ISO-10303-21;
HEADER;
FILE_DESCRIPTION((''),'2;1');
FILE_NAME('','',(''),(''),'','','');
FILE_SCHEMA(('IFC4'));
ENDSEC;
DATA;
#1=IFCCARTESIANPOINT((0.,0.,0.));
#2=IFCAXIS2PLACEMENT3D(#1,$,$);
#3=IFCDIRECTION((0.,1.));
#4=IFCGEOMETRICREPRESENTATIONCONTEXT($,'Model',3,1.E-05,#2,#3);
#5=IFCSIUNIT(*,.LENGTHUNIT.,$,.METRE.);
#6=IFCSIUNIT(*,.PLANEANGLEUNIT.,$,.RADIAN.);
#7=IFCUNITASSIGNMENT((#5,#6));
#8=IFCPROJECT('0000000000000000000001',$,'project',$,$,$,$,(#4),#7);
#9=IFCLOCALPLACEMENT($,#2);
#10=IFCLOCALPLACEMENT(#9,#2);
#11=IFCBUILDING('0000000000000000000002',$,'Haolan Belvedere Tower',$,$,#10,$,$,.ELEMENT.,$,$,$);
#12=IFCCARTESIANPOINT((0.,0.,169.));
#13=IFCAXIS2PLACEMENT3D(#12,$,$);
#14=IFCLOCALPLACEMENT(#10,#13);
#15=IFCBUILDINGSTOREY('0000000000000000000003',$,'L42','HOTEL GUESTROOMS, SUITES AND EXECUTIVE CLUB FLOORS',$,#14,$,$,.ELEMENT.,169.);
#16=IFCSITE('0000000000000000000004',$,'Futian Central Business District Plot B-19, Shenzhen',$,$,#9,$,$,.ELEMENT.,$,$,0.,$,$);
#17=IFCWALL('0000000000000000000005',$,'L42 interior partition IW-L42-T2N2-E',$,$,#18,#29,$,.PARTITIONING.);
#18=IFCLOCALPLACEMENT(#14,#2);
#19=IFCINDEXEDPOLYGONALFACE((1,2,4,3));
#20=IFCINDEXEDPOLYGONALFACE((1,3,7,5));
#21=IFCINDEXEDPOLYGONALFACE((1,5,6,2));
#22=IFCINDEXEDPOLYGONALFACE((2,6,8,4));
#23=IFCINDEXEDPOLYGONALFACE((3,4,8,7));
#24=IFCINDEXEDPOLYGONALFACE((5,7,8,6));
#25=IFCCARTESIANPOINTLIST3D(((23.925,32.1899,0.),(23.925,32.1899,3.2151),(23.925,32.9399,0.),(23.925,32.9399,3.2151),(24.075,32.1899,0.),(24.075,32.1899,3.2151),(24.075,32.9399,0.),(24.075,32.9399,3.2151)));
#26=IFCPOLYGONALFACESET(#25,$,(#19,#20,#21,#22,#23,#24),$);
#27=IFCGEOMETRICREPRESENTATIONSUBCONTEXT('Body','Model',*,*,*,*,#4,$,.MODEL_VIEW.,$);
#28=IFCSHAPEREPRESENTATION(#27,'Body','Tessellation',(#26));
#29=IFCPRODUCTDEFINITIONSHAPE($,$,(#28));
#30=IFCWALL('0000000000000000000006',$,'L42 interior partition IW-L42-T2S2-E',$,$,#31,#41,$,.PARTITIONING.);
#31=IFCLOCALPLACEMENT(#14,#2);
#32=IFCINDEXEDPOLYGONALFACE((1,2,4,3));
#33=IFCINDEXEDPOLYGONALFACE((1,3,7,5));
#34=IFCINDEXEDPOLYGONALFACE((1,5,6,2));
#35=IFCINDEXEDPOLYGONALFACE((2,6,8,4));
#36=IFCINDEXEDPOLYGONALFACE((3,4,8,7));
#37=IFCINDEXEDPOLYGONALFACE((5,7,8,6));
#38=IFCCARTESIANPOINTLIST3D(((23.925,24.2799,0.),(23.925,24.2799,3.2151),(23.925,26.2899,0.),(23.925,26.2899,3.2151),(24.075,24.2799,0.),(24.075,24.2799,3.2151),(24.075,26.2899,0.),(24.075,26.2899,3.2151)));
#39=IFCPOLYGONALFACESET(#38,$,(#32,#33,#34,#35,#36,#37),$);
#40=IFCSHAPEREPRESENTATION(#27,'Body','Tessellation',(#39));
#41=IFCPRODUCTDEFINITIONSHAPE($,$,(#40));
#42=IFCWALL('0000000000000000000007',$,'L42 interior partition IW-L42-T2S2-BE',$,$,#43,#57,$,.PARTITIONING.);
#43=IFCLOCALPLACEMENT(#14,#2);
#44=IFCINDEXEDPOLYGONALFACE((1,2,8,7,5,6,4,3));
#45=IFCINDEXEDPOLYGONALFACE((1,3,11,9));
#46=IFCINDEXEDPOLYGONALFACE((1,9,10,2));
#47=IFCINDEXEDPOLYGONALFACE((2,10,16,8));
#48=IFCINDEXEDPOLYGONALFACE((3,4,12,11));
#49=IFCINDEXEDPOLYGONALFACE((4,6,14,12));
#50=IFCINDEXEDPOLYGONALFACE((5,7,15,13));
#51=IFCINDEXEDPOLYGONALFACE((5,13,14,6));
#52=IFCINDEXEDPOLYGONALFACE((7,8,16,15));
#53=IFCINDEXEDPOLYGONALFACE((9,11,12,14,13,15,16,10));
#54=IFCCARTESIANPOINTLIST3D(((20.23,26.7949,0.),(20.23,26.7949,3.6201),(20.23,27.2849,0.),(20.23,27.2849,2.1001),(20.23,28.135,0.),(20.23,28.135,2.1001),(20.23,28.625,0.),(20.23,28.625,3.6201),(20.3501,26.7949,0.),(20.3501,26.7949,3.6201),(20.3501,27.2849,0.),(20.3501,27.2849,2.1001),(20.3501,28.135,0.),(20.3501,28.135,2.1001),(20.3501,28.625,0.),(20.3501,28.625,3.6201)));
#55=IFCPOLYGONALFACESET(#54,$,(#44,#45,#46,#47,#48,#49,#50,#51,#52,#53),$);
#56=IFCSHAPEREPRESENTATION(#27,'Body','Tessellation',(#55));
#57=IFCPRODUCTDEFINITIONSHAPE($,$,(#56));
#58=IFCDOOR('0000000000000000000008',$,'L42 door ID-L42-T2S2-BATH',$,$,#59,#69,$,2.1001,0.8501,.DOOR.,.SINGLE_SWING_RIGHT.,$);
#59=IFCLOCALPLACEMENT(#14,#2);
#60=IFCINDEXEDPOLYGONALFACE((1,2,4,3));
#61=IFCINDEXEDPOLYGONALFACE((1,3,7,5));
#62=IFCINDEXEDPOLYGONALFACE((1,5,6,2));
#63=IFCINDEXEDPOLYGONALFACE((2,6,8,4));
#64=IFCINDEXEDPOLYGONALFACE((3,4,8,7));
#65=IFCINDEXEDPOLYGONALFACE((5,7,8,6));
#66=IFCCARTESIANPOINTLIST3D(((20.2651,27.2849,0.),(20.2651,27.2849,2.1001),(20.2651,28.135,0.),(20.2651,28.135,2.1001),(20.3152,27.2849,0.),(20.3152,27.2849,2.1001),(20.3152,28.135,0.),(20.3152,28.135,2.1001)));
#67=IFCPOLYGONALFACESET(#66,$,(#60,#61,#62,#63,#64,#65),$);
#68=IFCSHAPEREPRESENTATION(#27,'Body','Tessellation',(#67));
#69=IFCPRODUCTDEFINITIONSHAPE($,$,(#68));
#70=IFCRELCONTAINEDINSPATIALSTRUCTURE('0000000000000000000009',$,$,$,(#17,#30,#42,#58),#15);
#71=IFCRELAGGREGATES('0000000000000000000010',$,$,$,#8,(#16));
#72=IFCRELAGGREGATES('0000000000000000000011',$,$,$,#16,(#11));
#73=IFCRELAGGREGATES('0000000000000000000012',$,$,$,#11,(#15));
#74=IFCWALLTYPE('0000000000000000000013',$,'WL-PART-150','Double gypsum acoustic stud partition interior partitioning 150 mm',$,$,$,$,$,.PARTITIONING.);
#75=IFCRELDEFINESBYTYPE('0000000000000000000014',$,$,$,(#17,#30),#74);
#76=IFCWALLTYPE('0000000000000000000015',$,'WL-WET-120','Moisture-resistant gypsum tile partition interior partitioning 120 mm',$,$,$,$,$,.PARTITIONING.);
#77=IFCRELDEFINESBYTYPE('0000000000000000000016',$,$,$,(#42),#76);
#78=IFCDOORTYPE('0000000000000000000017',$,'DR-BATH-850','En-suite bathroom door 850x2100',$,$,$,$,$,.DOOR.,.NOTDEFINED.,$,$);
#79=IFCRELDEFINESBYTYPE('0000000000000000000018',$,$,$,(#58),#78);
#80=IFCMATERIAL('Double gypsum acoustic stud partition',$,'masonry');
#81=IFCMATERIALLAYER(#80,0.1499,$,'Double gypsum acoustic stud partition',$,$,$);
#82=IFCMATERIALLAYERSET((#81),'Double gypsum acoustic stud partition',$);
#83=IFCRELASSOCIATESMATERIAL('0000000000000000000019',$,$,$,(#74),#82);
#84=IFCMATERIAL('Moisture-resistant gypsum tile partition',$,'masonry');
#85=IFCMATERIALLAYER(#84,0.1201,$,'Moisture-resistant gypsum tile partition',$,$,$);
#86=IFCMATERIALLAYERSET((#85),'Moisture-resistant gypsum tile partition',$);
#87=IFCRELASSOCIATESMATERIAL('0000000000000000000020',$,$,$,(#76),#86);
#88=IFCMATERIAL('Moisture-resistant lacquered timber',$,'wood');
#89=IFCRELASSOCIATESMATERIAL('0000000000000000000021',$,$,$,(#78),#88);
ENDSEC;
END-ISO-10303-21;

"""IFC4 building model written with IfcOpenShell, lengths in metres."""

from ifc_helpers import new_model, si_unit, direction, frame, frame_2d, origin, place, context, subcontext, project, spatial, rectangle, extrude, material, layer, layer_set, type_object, element, fill, save


model = new_model("IFC4")

# Units and contexts
model_context = context("Model", 3, precision=1e-05, world=origin(), true_north=direction((0.0, 1.0)))
body_context = subcontext(model_context, "Body", "Model", "MODEL_VIEW")
ifc_project = project(units=[si_unit("LENGTHUNIT", "METRE"), si_unit("PLANEANGLEUNIT", "RADIAN")], contexts=[model_context])

# Site, building, storey
site_placement = place(None, origin())
site = spatial("IfcSite", under=ifc_project, at=site_placement, Name="Futian Central Business District Plot B-19, Shenzhen", CompositionType="ELEMENT", RefElevation=0.0)
building_placement = place(site_placement, origin())
building = spatial("IfcBuilding", under=site, at=building_placement, Name="Haolan Belvedere Tower", CompositionType="ELEMENT")
storey_placement = place(building_placement, frame((0.0, 0.0, 169.0)))
storey = spatial("IfcBuildingStorey", under=building, at=storey_placement, Name="L42", Description="HOTEL GUESTROOMS, SUITES AND EXECUTIVE CLUB FLOORS", CompositionType="ELEMENT", Elevation=169.0)

# Shared definitions
ifc_material_1 = material(Name="Double gypsum acoustic stud partition", Category="masonry")
ifc_layer_1 = layer(ifc_material_1, 0.1499, Name="Double gypsum acoustic stud partition")
ifc_layer_set_1 = layer_set([ifc_layer_1], Name="Double gypsum acoustic stud partition")
wall_type_1 = type_object("IfcWallType", Name="WL-PART-150", Description="Double gypsum acoustic stud partition interior partitioning 150 mm", PredefinedType="PARTITIONING", material=ifc_layer_set_1)

# Walls
wall_1_placement = place(storey_placement, frame((24.0, 32.1899, 0.0), z_axis=(0.0, 0.0, 1.0), x_axis=(0.0, 1.0, 0.0)))
element("IfcWall", 1, at=wall_1_placement, inside=storey, type_object=wall_type_1, Name="L42 interior partition IW-L42-T2N2-E", PredefinedType="PARTITIONING", context=body_context, shape_type="SweptSolid", body=[
    extrude(rectangle(XDim=0.75, YDim=0.1499, at=frame_2d((0.375, 0.0))), origin(), (0.0, 0.0, 1.0), 3.2151),
])
wall_2_placement = place(storey_placement, frame((24.0, 24.28, 0.0), z_axis=(0.0, 0.0, 1.0), x_axis=(0.0, 1.0, 0.0)))
element("IfcWall", 2, at=wall_2_placement, inside=storey, type_object=wall_type_1, Name="L42 interior partition IW-L42-T2S2-E", PredefinedType="PARTITIONING", context=body_context, shape_type="SweptSolid", body=[
    extrude(rectangle(XDim=2.01, YDim=0.1499, at=frame_2d((1.0049, 0.0))), origin(), (0.0, 0.0, 1.0), 3.2151),
])

# Wall, opening, door
ifc_material_2 = material(Name="Moisture-resistant gypsum tile partition", Category="masonry")
ifc_layer_2 = layer(ifc_material_2, 0.1201, Name="Moisture-resistant gypsum tile partition")
ifc_layer_set_2 = layer_set([ifc_layer_2], Name="Moisture-resistant gypsum tile partition")
wall_type_2 = type_object("IfcWallType", Name="WL-WET-120", Description="Moisture-resistant gypsum tile partition interior partitioning 120 mm", PredefinedType="PARTITIONING", material=ifc_layer_set_2)
wall_3_placement = place(storey_placement, frame((20.29, 26.7949, 0.0), z_axis=(0.0, 0.0, 1.0), x_axis=(0.0, 1.0, 0.0)))
wall_3 = element("IfcWall", 3, at=wall_3_placement, inside=storey, type_object=wall_type_2, Name="L42 interior partition IW-L42-T2S2-BE", PredefinedType="PARTITIONING", context=body_context, shape_type="SweptSolid", body=[
    extrude(rectangle(XDim=1.8301, YDim=0.1201, at=frame_2d((0.915, 0.0))), origin(), (0.0, 0.0, 1.0), 3.6201),
])
opening_1_placement = place(wall_3_placement, frame((0.49, 0.0, 0.0)))
opening_1 = element("IfcOpeningElement", 4, at=opening_1_placement, cuts=wall_3, PredefinedType="OPENING", context=body_context, shape_type="SweptSolid", body=[
    extrude(rectangle(XDim=0.8501, YDim=2.1001, at=frame_2d((0.425, 1.05))), frame((0.0, 0.0701, 0.0), z_axis=(0.0, -1.0, 0.0), x_axis=(1.0, 0.0, 0.0)), (0.0, 0.0, 1.0), 0.1401),
])
ifc_material_3 = material(Name="Moisture-resistant lacquered timber", Category="wood")
door_type_1 = type_object("IfcDoorType", Name="DR-BATH-850", Description="En-suite bathroom door 850x2100", OperationType="NOTDEFINED", PredefinedType="DOOR", material=ifc_material_3)
door_1_placement = place(opening_1_placement, origin())
door_1 = element("IfcDoor", 5, at=door_1_placement, inside=storey, type_object=door_type_1, Name="L42 door ID-L42-T2S2-BATH", OperationType="SINGLE_SWING_RIGHT", OverallHeight=2.1001, OverallWidth=0.8501, PredefinedType="DOOR", context=body_context, shape_type="SweptSolid", body=[
    extrude(rectangle(XDim=0.8501, YDim=2.1001, at=frame_2d((0.425, 1.05))), frame((0.0, 0.0249, 0.0), z_axis=(0.0, -1.0, 0.0), x_axis=(1.0, 0.0, 0.0)), (0.0, 0.0, 1.0), 0.05),
])
fill(opening_1, door_1)

save(model, "model.ifc")
